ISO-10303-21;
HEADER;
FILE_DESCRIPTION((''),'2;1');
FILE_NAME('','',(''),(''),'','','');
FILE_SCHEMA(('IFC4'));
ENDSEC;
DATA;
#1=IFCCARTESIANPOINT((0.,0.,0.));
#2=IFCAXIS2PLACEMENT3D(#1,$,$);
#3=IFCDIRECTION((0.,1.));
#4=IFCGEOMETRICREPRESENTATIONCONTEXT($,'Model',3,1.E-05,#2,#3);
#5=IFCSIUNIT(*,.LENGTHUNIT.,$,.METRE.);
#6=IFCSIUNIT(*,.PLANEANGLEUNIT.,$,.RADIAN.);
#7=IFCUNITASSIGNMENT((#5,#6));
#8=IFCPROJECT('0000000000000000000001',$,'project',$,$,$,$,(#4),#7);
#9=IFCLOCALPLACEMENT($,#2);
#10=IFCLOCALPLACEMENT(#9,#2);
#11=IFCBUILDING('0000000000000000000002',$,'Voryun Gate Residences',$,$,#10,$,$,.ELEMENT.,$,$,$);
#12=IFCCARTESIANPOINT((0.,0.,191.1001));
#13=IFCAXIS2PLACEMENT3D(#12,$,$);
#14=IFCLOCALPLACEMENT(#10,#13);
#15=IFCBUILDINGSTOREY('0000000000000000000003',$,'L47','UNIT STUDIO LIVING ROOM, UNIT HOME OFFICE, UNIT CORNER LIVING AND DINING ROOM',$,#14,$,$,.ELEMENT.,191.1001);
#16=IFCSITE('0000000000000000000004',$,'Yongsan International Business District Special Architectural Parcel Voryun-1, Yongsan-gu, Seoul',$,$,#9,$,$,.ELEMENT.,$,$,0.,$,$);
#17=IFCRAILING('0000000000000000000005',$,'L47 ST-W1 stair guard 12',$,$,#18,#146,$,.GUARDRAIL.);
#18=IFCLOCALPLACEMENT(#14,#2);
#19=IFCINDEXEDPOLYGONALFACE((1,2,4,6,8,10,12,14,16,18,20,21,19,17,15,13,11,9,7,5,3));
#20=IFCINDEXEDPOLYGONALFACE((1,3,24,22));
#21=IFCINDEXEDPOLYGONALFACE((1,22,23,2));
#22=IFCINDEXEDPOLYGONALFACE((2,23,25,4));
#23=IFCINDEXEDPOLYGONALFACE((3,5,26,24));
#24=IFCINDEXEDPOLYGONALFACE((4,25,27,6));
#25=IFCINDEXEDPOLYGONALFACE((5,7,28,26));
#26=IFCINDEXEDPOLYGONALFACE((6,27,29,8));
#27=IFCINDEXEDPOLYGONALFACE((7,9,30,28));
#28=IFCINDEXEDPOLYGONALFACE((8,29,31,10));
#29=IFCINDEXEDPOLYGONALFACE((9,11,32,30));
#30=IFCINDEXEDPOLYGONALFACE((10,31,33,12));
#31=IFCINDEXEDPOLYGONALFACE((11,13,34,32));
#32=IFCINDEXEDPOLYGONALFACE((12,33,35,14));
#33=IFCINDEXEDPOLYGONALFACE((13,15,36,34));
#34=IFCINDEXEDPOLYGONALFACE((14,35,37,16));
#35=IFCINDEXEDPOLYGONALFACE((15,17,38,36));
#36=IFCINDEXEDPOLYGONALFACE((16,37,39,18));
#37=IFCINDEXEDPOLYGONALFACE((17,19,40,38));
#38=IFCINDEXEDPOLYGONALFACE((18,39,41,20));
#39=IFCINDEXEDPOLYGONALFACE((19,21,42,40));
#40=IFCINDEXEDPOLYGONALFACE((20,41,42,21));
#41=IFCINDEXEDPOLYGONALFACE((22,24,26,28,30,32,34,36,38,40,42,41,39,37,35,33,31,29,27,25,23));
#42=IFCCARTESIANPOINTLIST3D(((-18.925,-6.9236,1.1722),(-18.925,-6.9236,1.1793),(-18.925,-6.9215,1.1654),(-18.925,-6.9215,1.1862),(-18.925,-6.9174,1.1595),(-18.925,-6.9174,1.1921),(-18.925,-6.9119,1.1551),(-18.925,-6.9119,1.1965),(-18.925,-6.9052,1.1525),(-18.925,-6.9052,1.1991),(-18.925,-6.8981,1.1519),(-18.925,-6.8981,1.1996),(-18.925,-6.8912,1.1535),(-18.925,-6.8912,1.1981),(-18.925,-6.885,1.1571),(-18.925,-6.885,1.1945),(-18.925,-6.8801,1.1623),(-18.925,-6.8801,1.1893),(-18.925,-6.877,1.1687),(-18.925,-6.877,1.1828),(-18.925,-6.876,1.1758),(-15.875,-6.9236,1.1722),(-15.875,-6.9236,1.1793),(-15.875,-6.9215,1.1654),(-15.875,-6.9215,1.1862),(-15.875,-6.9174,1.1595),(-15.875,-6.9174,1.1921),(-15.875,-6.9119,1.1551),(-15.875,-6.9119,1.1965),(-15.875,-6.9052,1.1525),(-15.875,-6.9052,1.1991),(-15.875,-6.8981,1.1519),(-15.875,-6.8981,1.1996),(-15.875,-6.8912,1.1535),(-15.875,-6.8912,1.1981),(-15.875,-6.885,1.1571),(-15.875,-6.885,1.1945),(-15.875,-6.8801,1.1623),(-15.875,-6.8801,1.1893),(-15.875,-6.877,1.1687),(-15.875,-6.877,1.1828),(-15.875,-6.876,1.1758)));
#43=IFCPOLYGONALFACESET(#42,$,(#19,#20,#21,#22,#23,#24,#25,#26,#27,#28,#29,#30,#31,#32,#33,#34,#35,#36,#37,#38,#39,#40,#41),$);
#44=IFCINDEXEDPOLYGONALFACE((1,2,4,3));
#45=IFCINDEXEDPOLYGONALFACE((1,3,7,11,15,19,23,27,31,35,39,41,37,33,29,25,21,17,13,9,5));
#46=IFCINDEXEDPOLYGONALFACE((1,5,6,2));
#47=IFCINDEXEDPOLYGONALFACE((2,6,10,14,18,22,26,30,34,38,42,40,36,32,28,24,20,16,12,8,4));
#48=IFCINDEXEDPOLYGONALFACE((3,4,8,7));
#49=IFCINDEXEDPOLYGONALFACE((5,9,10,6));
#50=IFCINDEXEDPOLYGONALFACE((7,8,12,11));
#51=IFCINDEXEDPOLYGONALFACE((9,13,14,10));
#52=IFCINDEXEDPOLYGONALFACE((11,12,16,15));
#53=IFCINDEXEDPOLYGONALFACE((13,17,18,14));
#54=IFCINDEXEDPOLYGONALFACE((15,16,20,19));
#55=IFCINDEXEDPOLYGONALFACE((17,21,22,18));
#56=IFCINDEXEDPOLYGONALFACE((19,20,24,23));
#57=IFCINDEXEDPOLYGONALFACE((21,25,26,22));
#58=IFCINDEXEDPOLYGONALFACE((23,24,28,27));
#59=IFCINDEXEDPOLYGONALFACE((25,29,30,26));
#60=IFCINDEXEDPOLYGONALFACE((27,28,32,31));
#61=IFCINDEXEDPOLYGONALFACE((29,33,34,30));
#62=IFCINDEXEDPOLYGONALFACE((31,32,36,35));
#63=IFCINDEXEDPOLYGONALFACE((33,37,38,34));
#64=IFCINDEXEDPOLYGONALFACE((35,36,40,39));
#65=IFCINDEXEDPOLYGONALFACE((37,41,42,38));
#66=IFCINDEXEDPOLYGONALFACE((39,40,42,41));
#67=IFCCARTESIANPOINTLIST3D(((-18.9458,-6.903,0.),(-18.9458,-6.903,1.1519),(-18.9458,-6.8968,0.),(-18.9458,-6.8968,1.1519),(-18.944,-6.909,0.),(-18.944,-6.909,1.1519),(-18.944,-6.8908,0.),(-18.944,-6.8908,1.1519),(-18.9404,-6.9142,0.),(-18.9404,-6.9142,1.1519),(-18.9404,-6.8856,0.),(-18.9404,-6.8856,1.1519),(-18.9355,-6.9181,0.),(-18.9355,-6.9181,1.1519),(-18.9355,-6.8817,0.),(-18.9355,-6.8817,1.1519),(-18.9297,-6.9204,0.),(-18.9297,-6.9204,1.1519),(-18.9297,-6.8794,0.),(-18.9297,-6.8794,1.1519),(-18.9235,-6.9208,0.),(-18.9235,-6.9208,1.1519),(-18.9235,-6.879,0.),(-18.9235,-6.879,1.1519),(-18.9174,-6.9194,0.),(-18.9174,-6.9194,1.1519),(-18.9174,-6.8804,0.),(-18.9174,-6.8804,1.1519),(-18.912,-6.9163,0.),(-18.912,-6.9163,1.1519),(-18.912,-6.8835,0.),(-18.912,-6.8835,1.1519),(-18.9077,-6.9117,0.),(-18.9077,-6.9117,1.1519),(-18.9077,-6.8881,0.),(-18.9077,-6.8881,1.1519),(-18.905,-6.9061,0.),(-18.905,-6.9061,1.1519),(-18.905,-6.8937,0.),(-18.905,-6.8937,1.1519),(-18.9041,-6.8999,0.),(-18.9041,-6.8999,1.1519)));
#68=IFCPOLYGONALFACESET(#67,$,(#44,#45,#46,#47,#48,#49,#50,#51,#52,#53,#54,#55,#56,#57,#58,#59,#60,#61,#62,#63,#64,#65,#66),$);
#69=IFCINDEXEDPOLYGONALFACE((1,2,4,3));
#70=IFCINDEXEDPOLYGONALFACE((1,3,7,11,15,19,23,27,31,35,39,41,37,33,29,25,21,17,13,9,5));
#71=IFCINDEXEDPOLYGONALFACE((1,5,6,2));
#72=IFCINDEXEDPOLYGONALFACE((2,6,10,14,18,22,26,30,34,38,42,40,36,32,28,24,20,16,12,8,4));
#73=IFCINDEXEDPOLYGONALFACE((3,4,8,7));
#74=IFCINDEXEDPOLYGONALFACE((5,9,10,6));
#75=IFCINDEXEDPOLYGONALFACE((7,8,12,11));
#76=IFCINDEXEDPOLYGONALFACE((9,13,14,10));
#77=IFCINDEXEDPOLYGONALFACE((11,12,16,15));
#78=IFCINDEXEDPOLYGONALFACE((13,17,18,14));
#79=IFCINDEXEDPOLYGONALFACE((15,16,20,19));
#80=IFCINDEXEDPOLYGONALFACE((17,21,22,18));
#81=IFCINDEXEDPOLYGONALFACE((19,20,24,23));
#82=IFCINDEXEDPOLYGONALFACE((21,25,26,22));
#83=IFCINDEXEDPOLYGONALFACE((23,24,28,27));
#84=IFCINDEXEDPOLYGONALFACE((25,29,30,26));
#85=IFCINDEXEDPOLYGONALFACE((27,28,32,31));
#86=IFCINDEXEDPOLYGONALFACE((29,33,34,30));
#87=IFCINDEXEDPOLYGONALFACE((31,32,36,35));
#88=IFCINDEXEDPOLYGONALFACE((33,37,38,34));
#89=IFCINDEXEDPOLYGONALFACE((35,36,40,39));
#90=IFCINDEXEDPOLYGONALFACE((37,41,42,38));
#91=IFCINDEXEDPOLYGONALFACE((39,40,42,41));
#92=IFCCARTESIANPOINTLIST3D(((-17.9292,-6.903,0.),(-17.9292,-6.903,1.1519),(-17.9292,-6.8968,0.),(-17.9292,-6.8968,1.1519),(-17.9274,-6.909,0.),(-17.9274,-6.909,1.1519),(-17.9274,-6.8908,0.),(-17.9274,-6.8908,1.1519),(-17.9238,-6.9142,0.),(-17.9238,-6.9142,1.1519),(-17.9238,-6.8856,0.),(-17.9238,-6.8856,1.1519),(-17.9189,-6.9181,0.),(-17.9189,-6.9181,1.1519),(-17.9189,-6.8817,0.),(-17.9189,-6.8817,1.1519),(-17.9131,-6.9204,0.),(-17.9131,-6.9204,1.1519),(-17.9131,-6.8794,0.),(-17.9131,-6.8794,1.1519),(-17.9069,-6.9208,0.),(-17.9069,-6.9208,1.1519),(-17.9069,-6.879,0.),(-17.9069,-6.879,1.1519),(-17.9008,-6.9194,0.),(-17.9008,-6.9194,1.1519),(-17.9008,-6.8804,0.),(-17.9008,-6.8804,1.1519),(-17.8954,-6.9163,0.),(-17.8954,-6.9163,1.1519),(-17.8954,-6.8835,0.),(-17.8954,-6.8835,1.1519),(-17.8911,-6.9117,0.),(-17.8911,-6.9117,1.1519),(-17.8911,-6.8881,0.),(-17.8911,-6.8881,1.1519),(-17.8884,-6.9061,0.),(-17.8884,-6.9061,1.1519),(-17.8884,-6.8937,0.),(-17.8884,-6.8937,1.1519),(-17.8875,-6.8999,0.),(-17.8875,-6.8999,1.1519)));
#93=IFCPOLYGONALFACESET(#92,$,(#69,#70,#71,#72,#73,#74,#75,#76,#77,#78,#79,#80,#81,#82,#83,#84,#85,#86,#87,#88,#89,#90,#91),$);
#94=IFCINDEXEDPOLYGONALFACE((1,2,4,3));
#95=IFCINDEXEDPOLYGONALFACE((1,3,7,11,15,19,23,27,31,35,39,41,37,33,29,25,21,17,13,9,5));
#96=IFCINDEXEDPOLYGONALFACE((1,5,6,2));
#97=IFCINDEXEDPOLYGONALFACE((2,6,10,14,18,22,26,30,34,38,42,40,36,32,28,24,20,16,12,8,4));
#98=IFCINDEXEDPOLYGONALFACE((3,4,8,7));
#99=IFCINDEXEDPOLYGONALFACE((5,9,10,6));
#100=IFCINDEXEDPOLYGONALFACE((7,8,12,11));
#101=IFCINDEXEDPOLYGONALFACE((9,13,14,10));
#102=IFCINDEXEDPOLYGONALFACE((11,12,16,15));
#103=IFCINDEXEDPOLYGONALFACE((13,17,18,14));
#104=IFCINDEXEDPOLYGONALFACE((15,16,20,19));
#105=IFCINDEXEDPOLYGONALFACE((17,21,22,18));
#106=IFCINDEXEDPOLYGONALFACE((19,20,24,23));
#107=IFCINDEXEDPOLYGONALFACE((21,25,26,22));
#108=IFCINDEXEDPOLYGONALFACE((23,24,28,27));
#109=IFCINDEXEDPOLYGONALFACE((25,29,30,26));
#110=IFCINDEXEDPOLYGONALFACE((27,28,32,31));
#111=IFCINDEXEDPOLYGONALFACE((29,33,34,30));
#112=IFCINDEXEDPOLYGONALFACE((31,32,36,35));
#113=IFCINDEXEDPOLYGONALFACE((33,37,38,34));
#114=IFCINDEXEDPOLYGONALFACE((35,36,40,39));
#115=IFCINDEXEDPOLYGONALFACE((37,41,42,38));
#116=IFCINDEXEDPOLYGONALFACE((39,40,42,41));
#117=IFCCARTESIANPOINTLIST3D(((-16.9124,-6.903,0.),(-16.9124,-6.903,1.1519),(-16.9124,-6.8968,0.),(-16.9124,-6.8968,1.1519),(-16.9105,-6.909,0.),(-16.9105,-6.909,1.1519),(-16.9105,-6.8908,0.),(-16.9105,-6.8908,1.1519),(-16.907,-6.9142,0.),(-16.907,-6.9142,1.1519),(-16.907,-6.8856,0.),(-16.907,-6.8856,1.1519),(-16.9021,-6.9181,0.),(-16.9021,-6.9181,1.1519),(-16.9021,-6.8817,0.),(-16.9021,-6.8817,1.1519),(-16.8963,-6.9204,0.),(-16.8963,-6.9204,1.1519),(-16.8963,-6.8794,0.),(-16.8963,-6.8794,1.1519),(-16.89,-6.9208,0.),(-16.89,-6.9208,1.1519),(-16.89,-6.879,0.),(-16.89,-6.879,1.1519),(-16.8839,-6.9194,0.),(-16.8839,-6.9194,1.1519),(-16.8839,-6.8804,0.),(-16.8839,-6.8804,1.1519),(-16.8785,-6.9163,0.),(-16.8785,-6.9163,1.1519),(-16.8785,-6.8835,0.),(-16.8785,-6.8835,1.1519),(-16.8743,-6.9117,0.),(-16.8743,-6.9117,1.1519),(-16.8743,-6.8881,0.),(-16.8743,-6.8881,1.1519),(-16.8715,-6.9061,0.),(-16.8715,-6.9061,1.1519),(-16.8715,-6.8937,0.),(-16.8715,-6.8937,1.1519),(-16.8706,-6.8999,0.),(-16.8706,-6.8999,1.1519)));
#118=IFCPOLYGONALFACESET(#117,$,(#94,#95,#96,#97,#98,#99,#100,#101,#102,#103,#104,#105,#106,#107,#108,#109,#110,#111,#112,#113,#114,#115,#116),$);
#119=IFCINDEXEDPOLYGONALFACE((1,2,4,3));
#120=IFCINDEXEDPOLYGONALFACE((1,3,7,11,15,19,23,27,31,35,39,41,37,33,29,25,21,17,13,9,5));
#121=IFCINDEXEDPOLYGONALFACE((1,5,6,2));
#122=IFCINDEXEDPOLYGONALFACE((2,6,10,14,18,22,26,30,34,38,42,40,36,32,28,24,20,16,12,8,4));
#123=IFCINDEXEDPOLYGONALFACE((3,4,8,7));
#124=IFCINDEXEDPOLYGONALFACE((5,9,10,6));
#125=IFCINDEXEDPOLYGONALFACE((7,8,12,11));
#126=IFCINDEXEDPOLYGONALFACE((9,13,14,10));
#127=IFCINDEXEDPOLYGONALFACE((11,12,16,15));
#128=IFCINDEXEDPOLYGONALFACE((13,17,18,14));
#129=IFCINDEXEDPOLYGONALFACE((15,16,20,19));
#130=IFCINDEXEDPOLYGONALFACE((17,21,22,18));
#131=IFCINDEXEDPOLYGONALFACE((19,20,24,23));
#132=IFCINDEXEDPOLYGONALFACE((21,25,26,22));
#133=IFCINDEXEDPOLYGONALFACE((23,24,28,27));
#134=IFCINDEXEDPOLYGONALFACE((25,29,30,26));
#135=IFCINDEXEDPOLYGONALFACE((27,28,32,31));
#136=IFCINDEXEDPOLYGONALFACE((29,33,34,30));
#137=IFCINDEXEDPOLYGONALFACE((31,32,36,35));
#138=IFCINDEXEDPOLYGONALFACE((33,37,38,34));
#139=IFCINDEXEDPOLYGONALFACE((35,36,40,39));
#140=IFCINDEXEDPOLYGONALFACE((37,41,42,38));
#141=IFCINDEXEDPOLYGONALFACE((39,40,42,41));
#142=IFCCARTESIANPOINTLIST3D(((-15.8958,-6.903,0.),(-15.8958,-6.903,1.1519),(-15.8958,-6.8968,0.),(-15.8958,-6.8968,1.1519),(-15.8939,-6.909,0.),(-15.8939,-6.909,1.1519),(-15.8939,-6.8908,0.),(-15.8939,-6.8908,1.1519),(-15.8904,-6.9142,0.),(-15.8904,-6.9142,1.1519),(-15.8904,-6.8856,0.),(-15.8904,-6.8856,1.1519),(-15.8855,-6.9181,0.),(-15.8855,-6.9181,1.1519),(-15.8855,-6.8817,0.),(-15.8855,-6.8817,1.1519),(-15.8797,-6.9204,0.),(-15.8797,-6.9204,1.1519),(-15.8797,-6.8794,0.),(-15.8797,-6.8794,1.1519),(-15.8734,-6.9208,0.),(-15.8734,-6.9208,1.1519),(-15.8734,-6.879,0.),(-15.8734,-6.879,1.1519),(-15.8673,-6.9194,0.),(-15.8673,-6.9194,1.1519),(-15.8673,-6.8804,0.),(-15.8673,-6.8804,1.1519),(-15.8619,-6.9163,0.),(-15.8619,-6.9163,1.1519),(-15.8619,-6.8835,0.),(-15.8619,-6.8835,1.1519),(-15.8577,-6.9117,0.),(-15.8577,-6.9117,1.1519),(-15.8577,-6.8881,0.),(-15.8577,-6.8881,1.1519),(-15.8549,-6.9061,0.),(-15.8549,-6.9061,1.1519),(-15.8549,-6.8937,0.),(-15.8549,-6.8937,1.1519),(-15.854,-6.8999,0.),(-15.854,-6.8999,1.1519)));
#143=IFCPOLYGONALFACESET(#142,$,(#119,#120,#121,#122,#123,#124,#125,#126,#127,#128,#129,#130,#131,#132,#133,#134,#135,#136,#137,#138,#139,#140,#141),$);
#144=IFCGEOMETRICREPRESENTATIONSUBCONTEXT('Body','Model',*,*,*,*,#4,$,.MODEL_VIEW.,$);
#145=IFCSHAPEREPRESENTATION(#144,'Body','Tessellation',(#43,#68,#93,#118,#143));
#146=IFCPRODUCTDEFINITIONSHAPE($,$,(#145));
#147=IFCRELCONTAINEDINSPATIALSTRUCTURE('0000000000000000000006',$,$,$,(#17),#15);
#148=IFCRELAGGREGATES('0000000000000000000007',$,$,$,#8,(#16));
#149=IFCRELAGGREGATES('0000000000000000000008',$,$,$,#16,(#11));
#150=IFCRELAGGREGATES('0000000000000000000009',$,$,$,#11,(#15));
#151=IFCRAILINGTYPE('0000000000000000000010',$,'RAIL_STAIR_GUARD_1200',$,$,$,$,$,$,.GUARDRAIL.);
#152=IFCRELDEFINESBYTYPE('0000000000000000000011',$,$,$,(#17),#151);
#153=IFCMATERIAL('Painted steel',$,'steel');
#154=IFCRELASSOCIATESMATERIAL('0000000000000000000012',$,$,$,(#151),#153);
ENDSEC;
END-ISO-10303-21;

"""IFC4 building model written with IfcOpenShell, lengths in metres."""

from ifc_helpers import new_model, si_unit, direction, frame, origin, origin_2d, place, context, subcontext, project, spatial, circle, extrude, material, type_object, element, save


model = new_model("IFC4")

# Units and contexts
model_context = context("Model", 3, precision=1e-05, world=origin(), true_north=direction((0.0, 1.0)))
body_context = subcontext(model_context, "Body", "Model", "MODEL_VIEW")
ifc_project = project(units=[si_unit("LENGTHUNIT", "METRE"), si_unit("PLANEANGLEUNIT", "RADIAN")], contexts=[model_context])

# Site, building, storey
site_placement = place(None, origin())
site = spatial("IfcSite", under=ifc_project, at=site_placement, Name="Yongsan International Business District Special Architectural Parcel Voryun-1, Yongsan-gu, Seoul", CompositionType="ELEMENT", RefElevation=0.0)
building_placement = place(site_placement, origin())
building = spatial("IfcBuilding", under=site, at=building_placement, Name="Voryun Gate Residences", CompositionType="ELEMENT")
storey_placement = place(building_placement, frame((0.0, 0.0, 191.1001)))
storey = spatial("IfcBuildingStorey", under=building, at=storey_placement, Name="L47", Description="UNIT STUDIO LIVING ROOM, UNIT HOME OFFICE, UNIT CORNER LIVING AND DINING ROOM", CompositionType="ELEMENT", Elevation=191.1001)

# Railing
ifc_material_1 = material(Name="Painted steel", Category="steel")
railing_type_1 = type_object("IfcRailingType", Name="RAIL_STAIR_GUARD_1200", PredefinedType="GUARDRAIL", material=ifc_material_1)
railing_1_placement = place(storey_placement, frame((-18.925, -6.8999, 0.0)))
element("IfcRailing", 1, at=railing_1_placement, inside=storey, type_object=railing_type_1, Name="L47 ST-W1 stair guard 12", PredefinedType="GUARDRAIL", context=body_context, shape_type="SweptSolid", body=[
    extrude(circle(Radius=0.0239, at=origin_2d()), frame((0.0, 0.0, 1.1758), z_axis=(1.0, 0.0, 0.0), x_axis=(0.0, 1.0, 0.0)), (0.0, 0.0, 1.0), 3.05),
    extrude(circle(Radius=0.021, at=origin_2d()), origin(), (0.0, 0.0, 1.0), 1.1519),
    extrude(circle(Radius=0.021, at=origin_2d()), frame((1.0166, 0.0, 0.0)), (0.0, 0.0, 1.0), 1.1519),
    extrude(circle(Radius=0.021, at=origin_2d()), frame((2.0334, 0.0, 0.0)), (0.0, 0.0, 1.0), 1.1519),
    extrude(circle(Radius=0.021, at=origin_2d()), frame((3.05, 0.0, 0.0)), (0.0, 0.0, 1.0), 1.1519),
])

save(model, "model.ifc")
